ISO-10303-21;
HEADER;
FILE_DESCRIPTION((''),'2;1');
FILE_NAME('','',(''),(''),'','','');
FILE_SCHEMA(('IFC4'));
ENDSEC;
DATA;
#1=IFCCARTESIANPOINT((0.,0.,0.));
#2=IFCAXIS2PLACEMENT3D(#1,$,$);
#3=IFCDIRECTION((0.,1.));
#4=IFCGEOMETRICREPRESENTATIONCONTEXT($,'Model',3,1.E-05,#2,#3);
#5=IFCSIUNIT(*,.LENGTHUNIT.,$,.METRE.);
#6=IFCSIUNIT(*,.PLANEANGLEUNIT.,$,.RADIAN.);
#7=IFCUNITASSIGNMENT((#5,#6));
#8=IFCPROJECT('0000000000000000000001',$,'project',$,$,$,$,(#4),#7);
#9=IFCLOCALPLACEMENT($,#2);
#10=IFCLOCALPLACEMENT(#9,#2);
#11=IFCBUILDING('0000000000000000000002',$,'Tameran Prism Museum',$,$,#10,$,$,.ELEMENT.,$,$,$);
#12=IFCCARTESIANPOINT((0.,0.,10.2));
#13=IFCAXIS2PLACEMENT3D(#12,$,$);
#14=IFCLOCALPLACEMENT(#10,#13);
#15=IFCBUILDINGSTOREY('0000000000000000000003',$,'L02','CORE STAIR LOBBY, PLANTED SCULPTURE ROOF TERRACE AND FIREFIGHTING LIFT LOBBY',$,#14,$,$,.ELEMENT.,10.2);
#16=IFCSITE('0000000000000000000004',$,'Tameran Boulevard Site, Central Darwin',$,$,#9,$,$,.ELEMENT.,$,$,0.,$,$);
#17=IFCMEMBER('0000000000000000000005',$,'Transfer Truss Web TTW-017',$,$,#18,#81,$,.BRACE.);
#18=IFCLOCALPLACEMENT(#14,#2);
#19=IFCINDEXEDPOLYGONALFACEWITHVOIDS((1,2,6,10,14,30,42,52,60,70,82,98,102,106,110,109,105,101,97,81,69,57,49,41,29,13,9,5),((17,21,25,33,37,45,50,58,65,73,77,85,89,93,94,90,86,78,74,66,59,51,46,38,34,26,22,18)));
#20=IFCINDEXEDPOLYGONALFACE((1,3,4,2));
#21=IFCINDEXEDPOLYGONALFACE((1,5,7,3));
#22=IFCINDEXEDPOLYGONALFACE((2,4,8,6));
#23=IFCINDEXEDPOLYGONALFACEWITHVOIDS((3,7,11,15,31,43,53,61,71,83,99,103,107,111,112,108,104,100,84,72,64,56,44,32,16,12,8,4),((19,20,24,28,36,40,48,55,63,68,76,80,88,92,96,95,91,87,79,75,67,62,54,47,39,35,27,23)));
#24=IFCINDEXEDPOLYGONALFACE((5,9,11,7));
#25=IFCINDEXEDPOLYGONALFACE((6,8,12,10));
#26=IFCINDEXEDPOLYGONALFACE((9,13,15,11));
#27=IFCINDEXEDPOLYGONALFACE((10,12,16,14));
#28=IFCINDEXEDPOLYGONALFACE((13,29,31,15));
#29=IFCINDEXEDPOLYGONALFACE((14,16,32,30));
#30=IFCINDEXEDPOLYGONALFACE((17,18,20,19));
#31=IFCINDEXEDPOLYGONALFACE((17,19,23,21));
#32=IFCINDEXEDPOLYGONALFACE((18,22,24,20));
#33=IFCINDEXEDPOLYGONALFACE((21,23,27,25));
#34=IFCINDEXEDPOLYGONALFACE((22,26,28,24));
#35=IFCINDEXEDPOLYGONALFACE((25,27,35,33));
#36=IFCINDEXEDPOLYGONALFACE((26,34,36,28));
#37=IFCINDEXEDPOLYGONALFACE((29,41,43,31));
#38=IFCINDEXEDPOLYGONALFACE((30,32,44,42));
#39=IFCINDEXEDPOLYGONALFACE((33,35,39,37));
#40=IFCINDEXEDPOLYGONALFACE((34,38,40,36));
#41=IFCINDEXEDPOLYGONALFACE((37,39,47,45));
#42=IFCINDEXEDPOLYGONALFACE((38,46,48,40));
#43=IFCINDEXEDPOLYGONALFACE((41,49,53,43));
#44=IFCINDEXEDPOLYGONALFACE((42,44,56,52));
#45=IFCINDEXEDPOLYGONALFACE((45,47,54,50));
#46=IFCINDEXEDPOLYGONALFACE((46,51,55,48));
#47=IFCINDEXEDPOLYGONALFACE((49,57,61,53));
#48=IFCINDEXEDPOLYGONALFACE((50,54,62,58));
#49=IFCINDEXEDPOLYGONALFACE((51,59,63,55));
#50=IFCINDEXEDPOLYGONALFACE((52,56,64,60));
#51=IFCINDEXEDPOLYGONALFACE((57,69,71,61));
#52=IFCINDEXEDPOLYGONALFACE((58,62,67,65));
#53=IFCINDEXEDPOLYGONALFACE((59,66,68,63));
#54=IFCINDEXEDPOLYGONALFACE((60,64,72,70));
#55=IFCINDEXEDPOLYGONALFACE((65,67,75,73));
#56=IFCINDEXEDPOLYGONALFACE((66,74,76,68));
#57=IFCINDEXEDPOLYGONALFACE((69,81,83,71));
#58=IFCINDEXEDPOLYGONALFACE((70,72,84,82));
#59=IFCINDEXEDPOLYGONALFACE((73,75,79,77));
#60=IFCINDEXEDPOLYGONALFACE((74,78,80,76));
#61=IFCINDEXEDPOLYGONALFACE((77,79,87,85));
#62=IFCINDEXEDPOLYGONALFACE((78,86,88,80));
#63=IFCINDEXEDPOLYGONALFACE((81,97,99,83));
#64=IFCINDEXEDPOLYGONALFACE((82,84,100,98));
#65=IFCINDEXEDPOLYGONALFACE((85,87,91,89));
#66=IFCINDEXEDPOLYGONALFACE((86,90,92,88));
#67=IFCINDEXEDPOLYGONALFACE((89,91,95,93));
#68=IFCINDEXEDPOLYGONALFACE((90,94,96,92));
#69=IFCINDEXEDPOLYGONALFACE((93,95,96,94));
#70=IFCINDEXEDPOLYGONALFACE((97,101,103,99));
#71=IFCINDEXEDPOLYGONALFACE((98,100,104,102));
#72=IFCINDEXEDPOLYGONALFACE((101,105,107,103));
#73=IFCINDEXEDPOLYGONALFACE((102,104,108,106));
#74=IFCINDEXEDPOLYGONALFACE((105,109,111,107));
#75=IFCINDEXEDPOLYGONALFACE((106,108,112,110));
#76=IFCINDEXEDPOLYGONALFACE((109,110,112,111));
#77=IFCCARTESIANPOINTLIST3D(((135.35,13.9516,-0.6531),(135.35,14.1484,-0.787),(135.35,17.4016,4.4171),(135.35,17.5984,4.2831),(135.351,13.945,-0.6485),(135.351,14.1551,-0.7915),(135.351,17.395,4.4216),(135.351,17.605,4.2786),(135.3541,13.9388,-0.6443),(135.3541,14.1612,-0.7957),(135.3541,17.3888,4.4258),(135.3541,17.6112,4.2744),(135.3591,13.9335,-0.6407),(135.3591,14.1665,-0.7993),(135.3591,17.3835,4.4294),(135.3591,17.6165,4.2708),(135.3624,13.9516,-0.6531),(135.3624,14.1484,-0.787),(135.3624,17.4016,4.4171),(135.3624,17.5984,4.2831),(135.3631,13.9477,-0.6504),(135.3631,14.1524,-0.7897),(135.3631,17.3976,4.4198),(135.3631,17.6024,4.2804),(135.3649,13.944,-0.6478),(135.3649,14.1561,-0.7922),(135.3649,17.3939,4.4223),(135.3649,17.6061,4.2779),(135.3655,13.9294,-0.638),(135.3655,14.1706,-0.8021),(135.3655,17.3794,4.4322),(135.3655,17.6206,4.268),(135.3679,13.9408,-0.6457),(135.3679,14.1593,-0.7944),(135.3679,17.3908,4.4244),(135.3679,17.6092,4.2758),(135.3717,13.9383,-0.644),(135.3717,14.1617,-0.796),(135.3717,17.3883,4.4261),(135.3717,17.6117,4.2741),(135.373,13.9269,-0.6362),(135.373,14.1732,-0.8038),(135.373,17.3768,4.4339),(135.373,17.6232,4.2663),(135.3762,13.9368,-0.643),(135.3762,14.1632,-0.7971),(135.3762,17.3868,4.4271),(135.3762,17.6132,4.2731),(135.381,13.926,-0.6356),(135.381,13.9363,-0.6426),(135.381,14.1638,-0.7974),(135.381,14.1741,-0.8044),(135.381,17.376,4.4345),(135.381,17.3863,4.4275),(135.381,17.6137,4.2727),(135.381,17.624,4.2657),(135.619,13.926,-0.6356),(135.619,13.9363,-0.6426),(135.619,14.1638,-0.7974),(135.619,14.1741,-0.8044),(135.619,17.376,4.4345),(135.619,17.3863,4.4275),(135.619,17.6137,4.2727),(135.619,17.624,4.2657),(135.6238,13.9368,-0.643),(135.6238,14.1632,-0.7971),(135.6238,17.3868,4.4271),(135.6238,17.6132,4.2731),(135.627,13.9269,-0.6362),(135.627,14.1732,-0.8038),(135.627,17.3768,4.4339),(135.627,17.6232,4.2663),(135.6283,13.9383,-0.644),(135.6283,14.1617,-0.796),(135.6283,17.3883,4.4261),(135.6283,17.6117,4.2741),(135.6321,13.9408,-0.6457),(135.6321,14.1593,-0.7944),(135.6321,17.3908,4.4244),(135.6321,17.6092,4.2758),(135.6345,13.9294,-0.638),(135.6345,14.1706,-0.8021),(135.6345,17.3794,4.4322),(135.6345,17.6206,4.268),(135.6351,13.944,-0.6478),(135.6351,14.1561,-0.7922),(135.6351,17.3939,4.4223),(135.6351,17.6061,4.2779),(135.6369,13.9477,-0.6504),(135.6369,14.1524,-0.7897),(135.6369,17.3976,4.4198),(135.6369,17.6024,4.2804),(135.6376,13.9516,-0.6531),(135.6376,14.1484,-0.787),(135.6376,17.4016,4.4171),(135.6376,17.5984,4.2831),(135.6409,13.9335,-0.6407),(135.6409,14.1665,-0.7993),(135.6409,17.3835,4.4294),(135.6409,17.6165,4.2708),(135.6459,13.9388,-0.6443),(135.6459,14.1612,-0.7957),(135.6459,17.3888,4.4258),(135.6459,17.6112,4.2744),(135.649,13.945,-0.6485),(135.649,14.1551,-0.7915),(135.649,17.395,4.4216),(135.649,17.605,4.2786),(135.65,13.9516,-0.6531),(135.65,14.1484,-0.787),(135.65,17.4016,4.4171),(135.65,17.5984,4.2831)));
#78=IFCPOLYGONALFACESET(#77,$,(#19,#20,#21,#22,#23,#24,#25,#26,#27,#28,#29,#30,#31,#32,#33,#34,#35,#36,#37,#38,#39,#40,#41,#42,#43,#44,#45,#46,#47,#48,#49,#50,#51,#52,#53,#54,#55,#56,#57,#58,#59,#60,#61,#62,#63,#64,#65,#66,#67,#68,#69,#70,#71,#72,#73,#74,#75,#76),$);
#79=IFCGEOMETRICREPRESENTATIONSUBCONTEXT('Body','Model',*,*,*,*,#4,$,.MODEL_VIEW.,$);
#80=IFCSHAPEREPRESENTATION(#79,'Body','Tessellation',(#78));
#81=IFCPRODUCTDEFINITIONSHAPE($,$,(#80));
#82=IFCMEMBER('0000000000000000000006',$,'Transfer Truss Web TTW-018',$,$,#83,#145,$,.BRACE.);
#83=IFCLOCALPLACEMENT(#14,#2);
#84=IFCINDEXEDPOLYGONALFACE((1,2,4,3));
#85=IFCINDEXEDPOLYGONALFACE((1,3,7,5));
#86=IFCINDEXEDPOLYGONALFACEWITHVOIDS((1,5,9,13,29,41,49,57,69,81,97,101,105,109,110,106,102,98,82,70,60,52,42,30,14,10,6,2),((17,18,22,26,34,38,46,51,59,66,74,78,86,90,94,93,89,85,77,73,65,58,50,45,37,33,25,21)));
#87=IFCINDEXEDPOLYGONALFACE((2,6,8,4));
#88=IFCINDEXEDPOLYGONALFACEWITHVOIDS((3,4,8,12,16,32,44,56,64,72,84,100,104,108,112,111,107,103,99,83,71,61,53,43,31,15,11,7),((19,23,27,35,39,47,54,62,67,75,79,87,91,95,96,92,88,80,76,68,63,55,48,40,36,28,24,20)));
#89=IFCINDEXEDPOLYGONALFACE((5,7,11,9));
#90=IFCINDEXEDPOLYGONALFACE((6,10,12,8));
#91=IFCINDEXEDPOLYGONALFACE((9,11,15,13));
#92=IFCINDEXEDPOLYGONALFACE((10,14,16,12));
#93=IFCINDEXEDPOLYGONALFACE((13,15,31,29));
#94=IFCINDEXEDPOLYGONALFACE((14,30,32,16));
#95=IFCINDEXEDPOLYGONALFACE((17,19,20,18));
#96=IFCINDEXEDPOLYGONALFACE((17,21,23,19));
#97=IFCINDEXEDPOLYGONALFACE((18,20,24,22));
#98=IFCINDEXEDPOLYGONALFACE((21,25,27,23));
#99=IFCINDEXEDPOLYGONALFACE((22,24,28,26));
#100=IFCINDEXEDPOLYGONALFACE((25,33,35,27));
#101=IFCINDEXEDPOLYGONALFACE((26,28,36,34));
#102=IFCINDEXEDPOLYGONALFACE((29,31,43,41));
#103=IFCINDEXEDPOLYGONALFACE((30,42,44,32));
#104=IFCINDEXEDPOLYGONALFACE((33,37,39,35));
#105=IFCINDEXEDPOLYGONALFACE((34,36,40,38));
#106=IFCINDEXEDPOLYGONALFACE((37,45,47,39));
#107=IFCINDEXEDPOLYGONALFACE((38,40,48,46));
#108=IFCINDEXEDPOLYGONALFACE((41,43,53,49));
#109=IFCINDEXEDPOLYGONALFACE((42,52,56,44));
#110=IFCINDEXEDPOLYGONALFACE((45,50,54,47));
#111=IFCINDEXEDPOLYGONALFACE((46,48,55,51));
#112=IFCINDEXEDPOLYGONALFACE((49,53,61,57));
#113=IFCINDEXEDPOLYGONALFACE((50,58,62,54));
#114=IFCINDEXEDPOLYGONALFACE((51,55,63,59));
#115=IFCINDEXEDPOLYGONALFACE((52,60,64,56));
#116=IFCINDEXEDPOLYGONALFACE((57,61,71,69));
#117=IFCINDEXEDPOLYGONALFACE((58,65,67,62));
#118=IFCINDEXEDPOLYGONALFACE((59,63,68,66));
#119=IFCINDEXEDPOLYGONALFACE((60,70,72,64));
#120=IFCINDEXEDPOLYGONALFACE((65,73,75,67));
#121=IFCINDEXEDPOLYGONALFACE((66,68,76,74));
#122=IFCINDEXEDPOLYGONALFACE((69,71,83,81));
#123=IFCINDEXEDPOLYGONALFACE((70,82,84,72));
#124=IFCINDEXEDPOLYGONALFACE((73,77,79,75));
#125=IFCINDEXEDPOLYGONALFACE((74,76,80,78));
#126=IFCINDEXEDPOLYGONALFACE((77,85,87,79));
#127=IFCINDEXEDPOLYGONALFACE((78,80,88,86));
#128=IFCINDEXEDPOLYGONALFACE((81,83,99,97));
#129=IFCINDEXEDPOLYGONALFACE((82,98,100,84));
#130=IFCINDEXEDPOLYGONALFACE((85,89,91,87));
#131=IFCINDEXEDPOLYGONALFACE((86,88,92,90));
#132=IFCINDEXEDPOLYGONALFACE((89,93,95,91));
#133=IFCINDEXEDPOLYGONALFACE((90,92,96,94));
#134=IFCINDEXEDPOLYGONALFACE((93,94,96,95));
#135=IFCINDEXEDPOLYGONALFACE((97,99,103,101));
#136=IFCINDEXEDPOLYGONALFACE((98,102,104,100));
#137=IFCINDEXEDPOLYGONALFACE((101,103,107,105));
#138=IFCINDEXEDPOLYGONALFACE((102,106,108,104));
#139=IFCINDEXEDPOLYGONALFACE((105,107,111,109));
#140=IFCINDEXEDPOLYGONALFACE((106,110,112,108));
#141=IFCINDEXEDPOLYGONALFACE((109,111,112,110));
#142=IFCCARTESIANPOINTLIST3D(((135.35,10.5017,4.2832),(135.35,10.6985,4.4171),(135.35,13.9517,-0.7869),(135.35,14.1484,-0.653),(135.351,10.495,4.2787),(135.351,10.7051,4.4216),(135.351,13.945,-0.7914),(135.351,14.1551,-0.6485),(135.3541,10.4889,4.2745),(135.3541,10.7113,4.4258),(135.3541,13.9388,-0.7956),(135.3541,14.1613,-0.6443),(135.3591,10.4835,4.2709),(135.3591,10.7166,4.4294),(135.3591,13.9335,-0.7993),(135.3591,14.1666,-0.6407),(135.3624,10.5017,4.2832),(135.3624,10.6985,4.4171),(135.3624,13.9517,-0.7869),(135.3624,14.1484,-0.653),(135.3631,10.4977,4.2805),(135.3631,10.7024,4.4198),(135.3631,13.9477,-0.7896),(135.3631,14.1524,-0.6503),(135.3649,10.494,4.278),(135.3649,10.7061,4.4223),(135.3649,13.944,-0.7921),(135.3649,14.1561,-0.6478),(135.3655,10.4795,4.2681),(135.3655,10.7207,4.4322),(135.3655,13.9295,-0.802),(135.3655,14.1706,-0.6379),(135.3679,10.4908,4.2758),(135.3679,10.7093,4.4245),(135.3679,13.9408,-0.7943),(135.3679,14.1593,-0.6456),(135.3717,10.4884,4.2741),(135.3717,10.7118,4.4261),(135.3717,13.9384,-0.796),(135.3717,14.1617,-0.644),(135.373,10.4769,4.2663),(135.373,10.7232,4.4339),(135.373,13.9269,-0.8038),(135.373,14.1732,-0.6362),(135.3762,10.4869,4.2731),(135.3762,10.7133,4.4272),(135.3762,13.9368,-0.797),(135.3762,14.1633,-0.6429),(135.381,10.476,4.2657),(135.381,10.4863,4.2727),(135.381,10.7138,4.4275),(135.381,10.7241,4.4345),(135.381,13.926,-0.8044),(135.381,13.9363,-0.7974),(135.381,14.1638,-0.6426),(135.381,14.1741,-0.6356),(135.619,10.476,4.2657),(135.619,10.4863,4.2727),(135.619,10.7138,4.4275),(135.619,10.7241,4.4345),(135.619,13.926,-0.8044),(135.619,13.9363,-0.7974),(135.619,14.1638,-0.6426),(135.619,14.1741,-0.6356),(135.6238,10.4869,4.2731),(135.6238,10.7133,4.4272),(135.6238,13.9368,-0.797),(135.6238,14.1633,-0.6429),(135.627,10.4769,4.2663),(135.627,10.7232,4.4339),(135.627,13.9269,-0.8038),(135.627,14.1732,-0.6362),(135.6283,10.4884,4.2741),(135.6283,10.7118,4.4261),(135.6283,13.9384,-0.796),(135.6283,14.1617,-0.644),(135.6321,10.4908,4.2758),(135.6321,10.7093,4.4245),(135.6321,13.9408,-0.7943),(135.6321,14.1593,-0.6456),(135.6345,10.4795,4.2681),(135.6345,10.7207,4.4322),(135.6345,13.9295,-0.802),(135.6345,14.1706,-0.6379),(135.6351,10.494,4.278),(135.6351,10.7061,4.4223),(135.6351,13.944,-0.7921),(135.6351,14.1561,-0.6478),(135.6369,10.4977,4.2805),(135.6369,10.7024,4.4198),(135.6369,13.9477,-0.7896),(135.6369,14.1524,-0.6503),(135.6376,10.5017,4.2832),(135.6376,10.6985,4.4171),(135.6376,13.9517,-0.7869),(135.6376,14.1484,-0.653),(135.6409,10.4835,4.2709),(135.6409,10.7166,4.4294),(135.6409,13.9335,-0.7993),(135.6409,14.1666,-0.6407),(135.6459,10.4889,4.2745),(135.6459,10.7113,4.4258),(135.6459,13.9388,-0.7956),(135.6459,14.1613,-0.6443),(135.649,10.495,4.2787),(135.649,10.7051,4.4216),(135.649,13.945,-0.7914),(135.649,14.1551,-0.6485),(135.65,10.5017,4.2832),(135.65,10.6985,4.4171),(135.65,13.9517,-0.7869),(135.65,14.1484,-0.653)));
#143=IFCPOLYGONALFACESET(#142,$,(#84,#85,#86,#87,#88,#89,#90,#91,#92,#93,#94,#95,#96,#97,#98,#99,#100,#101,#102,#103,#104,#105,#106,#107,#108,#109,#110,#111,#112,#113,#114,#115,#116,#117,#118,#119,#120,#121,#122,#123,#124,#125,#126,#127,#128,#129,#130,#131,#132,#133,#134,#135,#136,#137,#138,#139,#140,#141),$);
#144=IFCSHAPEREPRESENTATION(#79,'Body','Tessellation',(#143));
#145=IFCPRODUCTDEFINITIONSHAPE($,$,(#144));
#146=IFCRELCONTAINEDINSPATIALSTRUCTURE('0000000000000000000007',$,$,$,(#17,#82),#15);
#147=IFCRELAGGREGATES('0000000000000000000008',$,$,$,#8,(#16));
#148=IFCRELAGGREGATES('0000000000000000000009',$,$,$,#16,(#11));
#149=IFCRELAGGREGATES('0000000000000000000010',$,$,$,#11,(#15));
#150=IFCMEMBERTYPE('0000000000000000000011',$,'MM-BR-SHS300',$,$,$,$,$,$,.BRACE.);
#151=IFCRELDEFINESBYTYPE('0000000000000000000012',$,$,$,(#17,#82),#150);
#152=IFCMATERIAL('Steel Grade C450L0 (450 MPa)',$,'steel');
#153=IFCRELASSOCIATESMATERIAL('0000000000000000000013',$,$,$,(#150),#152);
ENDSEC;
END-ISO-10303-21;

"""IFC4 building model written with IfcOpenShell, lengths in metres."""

from ifc_helpers import new_model, si_unit, direction, frame, origin, origin_2d, place, context, subcontext, project, spatial, hollow_rectangle, extrude, material, material_profile, profile_set, type_object, element, save


model = new_model("IFC4")

# Units and contexts
model_context = context("Model", 3, precision=1e-05, world=origin(), true_north=direction((0.0, 1.0)))
body_context = subcontext(model_context, "Body", "Model", "MODEL_VIEW")
ifc_project = project(units=[si_unit("LENGTHUNIT", "METRE"), si_unit("PLANEANGLEUNIT", "RADIAN")], contexts=[model_context])

# Site, building, storey
site_placement = place(None, origin())
site = spatial("IfcSite", under=ifc_project, at=site_placement, Name="Tameran Boulevard Site, Central Darwin", CompositionType="ELEMENT", RefElevation=0.0)
building_placement = place(site_placement, origin())
building = spatial("IfcBuilding", under=site, at=building_placement, Name="Tameran Prism Museum", CompositionType="ELEMENT")
storey_placement = place(building_placement, frame((0.0, 0.0, 10.2)))
storey = spatial("IfcBuildingStorey", under=building, at=storey_placement, Name="L02", Description="CORE STAIR LOBBY, PLANTED SCULPTURE ROOF TERRACE AND FIREFIGHTING LIFT LOBBY", CompositionType="ELEMENT", Elevation=10.2)

# Members
ifc_material_1 = material(Name="Steel Grade C450L0 (450 MPa)", Category="steel")
ifc_material_profile_1 = material_profile(ifc_material_1, hollow_rectangle(XDim=0.3, YDim=0.3, WallThickness=0.0125, InnerFilletRadius=0.0186, OuterFilletRadius=0.031, at=origin_2d()))
ifc_profile_set_1 = profile_set([ifc_material_profile_1])
member_type_1 = type_object("IfcMemberType", Name="MM-BR-SHS300", PredefinedType="BRACE", material=ifc_profile_set_1)
for number, where, z_axis, x_axis, name in (
    (1, (135.5, 17.5, 4.3501), (0.0, -0.562567, -0.826752), (1.0, 0.0, 0.0), "Transfer Truss Web TTW-017"),
    (2, (135.5, 14.05, -0.72), (0.0, -0.562567, 0.826752), (1.0, 0.0, 0.0), "Transfer Truss Web TTW-018"),
):
    element("IfcMember", number, at=place(storey_placement, frame(where, z_axis=z_axis, x_axis=x_axis)), inside=storey, type_object=member_type_1, Name=name, PredefinedType="BRACE", context=body_context, shape_type="SweptSolid", body=[
        extrude(hollow_rectangle(XDim=0.3, YDim=0.3, WallThickness=0.0125, InnerFilletRadius=0.0186, OuterFilletRadius=0.031, at=origin_2d()), origin(), (0.0, 0.0, 1.0), 6.1326),
    ])

save(model, "model.ifc")
